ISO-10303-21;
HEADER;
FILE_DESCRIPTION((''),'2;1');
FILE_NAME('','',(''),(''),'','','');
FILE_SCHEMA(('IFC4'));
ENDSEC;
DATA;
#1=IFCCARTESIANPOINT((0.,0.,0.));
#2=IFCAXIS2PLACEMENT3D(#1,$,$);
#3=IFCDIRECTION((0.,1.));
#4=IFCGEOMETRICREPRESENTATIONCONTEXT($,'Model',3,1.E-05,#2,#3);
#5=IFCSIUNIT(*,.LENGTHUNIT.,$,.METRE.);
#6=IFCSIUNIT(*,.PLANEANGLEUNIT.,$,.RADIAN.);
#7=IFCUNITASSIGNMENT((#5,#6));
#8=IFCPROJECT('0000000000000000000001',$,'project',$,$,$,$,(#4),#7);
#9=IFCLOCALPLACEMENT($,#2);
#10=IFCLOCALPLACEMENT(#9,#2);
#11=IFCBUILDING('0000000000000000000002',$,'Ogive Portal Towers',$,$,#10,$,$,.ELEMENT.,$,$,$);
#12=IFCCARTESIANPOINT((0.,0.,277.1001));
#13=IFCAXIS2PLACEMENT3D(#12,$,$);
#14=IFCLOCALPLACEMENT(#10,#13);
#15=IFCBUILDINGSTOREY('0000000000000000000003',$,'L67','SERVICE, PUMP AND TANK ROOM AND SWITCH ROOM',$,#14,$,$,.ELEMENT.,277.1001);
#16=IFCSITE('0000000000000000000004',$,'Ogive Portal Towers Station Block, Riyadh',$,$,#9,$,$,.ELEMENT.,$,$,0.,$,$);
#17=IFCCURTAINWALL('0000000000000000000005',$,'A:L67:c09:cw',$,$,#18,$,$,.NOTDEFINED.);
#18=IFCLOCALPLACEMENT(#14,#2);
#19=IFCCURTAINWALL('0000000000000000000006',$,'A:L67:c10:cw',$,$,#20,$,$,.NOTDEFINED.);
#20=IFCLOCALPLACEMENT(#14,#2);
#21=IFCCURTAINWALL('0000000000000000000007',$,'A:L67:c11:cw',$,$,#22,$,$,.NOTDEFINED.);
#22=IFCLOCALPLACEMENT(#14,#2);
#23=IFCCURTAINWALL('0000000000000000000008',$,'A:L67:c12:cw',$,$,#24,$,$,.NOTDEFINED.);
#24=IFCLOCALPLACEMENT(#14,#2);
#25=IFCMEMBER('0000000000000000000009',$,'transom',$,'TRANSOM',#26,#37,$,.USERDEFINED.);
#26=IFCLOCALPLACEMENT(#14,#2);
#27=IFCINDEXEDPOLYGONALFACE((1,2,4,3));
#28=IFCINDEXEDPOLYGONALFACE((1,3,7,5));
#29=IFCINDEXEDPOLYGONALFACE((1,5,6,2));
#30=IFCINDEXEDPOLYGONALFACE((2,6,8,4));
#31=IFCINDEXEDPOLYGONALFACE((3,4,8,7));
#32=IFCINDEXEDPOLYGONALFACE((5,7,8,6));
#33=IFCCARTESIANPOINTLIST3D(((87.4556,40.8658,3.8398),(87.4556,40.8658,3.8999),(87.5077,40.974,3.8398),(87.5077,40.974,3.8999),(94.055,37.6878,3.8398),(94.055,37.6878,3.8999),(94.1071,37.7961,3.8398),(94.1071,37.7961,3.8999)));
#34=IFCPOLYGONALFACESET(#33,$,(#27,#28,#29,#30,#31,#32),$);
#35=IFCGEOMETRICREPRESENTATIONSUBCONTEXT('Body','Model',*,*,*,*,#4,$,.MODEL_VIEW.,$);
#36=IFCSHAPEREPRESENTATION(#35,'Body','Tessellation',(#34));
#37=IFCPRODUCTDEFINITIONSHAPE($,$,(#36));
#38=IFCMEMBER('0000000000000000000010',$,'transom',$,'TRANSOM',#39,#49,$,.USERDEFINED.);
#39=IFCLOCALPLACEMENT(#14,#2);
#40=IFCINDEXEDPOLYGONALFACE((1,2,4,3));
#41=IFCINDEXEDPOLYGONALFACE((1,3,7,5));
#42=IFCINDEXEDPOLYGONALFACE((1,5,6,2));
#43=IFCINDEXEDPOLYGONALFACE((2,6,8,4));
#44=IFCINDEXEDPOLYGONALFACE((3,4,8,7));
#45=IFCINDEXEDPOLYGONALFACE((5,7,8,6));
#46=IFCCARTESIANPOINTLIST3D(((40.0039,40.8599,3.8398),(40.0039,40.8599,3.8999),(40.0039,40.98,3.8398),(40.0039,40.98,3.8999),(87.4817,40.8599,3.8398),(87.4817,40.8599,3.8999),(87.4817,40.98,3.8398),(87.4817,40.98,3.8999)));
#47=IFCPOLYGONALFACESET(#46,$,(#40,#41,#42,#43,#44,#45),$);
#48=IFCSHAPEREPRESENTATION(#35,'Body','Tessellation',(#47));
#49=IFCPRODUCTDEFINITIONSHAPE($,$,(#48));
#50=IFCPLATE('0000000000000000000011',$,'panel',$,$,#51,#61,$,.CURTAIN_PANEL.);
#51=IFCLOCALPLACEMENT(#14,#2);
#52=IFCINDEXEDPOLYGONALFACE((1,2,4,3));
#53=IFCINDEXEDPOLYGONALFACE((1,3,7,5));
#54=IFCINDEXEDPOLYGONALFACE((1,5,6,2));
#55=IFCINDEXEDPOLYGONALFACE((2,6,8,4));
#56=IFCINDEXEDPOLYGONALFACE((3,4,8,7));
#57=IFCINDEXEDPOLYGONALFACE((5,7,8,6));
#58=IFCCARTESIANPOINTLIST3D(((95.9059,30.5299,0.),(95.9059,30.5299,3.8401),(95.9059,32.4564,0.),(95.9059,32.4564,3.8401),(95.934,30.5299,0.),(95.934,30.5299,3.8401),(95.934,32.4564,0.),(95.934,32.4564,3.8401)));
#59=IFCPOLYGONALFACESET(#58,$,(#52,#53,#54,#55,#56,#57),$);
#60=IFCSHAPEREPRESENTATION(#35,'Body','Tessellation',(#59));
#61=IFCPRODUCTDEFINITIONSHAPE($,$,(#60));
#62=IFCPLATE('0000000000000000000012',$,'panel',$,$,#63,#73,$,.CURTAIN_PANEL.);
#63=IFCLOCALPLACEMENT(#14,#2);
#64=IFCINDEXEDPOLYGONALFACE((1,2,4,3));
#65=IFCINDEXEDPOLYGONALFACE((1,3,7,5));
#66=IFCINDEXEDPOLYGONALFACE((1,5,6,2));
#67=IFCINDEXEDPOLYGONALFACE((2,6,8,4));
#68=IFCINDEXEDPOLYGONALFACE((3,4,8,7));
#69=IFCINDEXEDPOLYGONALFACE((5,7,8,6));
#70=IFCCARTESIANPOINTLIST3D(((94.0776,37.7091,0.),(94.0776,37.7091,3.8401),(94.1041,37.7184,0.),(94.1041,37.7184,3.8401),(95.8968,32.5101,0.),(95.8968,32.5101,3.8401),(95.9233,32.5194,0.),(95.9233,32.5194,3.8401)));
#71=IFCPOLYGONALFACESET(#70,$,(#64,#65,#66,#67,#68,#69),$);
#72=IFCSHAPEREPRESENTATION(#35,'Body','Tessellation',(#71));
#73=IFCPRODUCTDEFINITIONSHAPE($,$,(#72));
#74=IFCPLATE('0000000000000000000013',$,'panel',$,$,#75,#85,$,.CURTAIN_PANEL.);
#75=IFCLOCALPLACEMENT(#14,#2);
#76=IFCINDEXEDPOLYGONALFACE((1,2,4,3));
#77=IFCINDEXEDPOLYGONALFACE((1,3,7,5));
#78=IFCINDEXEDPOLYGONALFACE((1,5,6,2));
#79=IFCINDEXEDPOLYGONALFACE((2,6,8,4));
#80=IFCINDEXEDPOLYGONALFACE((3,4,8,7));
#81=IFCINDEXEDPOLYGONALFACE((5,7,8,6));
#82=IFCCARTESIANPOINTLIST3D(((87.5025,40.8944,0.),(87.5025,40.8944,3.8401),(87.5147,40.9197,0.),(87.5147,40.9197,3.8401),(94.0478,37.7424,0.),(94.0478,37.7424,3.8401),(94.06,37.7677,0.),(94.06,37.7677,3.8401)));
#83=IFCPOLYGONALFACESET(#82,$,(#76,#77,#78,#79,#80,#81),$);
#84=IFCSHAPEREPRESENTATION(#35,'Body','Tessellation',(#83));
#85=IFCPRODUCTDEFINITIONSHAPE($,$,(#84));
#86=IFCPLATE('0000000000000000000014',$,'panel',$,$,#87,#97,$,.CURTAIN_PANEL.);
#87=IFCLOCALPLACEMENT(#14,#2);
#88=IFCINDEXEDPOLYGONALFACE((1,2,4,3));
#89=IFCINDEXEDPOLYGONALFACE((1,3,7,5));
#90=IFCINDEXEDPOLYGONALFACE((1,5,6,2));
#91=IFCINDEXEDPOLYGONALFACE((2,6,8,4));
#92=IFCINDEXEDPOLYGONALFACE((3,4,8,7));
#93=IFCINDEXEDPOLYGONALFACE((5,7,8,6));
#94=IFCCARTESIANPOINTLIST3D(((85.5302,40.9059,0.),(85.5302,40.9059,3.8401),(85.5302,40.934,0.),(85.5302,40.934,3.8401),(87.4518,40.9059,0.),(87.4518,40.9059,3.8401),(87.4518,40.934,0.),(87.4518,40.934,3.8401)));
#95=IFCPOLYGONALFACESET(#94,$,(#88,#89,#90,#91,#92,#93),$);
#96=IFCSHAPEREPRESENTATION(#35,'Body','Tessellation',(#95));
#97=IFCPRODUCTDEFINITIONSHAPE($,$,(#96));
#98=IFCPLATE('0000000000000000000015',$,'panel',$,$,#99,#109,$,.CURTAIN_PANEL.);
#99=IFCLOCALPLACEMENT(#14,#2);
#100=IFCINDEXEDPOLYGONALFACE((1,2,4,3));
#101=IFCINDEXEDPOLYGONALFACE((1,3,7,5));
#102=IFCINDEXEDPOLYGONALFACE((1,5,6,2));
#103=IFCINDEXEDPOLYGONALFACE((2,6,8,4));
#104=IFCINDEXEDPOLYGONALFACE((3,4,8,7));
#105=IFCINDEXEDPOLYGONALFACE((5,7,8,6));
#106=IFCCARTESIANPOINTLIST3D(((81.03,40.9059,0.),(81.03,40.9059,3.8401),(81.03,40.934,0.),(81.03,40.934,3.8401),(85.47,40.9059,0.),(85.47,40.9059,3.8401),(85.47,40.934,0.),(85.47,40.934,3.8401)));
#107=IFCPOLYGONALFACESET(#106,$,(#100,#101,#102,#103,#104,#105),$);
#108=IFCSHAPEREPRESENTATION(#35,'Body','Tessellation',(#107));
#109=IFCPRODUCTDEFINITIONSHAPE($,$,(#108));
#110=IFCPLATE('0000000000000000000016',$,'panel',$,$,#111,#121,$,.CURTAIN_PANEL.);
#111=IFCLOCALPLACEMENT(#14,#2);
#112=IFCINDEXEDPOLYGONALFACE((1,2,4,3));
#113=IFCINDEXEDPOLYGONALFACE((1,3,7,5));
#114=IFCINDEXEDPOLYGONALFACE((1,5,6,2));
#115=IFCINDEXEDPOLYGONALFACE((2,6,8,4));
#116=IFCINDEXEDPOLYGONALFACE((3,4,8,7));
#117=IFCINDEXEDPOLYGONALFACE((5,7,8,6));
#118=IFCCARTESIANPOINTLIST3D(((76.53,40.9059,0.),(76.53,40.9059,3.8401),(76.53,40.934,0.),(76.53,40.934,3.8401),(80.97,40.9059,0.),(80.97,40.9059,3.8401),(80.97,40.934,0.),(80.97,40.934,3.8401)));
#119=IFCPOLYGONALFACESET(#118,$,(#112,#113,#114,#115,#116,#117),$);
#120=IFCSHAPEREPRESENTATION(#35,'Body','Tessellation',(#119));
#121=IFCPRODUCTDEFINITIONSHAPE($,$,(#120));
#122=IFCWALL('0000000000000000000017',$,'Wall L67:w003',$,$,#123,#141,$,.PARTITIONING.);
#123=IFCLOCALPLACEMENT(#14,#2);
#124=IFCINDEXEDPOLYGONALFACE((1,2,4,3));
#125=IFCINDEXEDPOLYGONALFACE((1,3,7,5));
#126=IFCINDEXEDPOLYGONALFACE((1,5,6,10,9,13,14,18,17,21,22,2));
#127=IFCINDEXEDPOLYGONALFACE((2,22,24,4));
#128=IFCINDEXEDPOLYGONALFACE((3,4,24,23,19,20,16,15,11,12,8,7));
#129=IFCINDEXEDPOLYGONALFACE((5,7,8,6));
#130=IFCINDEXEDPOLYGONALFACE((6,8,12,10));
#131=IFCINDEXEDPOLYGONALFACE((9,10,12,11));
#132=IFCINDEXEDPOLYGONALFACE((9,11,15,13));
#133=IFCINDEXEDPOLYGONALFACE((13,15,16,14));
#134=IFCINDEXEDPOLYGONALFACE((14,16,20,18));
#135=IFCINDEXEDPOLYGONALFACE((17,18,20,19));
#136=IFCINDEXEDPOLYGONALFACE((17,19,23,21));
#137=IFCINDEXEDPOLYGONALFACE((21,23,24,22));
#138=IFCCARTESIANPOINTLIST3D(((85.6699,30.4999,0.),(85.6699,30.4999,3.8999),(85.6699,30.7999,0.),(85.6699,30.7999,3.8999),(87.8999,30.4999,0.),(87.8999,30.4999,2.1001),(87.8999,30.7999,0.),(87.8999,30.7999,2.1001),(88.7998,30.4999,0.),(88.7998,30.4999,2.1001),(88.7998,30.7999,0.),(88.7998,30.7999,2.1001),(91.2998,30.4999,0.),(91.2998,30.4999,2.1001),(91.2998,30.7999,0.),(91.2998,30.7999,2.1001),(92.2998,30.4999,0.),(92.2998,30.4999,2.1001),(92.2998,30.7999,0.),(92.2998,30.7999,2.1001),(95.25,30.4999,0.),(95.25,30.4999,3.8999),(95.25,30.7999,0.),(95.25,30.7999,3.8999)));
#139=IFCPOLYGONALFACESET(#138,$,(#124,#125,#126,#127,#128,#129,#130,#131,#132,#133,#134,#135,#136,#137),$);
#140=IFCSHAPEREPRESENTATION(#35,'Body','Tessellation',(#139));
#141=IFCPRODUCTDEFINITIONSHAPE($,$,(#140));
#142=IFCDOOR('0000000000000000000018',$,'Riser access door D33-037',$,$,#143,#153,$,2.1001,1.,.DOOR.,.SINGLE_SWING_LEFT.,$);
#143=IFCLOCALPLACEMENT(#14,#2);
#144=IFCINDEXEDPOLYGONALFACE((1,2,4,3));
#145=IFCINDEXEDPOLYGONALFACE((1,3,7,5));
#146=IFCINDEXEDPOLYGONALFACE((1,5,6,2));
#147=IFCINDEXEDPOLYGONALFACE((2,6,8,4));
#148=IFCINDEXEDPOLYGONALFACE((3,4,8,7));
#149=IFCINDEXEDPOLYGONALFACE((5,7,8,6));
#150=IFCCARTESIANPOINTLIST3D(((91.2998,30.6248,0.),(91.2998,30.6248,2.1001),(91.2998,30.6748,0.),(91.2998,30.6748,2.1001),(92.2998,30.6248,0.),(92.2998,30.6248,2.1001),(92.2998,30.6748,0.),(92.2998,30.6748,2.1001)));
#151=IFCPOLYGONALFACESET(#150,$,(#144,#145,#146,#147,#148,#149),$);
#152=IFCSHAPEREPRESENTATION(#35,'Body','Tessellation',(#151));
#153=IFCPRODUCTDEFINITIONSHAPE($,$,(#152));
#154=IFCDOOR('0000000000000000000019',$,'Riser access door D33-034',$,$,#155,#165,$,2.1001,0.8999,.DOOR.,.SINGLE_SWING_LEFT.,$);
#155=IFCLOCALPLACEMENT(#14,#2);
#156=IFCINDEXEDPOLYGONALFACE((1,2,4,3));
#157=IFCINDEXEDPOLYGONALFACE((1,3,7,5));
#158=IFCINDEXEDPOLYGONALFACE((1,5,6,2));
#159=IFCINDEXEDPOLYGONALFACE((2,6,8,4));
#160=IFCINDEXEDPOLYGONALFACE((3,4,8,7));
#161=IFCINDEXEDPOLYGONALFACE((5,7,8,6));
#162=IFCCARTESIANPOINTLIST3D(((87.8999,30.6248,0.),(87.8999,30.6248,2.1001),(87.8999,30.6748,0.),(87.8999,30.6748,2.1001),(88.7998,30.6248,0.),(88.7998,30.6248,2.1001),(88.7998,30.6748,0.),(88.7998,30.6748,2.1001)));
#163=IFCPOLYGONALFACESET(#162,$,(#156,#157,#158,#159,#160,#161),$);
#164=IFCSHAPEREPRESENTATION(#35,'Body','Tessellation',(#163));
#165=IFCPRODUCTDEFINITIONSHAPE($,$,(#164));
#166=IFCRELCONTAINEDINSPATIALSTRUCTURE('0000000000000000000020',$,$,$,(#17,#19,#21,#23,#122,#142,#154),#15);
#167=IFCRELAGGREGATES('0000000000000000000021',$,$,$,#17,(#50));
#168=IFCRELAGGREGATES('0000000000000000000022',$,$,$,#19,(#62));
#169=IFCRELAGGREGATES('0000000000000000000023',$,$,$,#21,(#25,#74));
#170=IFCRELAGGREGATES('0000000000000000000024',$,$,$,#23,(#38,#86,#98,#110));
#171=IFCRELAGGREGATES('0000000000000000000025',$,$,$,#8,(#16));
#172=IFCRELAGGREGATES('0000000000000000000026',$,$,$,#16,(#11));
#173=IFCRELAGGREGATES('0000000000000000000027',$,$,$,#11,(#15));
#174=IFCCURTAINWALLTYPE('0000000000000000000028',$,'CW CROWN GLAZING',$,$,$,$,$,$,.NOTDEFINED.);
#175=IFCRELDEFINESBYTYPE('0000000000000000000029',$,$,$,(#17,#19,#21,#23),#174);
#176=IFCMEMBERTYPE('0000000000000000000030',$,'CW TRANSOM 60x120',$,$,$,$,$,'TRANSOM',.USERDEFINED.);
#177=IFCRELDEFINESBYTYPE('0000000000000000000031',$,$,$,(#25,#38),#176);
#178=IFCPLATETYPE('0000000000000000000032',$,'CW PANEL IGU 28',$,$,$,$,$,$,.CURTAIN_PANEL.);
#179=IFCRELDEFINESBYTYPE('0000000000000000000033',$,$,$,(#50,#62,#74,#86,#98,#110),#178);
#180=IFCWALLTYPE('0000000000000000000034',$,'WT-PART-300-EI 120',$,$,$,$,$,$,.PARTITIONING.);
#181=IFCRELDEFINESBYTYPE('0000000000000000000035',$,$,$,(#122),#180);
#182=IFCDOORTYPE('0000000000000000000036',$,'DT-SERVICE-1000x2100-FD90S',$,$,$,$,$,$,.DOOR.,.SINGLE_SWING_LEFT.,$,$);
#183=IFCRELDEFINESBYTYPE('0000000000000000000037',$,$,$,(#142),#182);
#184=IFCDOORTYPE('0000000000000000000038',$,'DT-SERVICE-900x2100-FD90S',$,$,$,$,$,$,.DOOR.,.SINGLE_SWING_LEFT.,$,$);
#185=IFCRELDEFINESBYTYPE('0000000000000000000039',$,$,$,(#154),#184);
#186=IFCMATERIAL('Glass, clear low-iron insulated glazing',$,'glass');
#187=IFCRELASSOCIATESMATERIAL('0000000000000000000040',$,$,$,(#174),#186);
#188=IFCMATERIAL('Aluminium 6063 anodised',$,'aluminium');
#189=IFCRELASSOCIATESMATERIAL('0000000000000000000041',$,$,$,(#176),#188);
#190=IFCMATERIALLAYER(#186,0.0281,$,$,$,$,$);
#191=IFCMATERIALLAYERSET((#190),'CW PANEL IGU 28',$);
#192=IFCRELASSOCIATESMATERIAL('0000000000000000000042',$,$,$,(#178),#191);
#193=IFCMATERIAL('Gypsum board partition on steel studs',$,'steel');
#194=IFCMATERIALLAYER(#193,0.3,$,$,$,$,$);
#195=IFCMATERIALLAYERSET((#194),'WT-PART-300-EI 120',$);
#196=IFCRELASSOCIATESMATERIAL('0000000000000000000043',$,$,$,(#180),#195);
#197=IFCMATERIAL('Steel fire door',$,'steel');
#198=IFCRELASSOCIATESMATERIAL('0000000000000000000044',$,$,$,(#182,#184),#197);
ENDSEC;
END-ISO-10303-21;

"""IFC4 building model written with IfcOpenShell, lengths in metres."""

from ifc_helpers import new_model, si_unit, direction, frame, frame_2d, origin, origin_2d, place, context, subcontext, project, spatial, rectangle, extrude, material, layer, layer_set, material_profile, profile_set, type_object, element, fill, aggregate, save


model = new_model("IFC4")

# Units and contexts
model_context = context("Model", 3, precision=1e-05, world=origin(), true_north=direction((0.0, 1.0)))
body_context = subcontext(model_context, "Body", "Model", "MODEL_VIEW")
ifc_project = project(units=[si_unit("LENGTHUNIT", "METRE"), si_unit("PLANEANGLEUNIT", "RADIAN")], contexts=[model_context])

# Site, building, storey
site_placement = place(None, origin())
site = spatial("IfcSite", under=ifc_project, at=site_placement, Name="Ogive Portal Towers Station Block, Riyadh", CompositionType="ELEMENT", RefElevation=0.0)
building_placement = place(site_placement, origin())
building = spatial("IfcBuilding", under=site, at=building_placement, Name="Ogive Portal Towers", CompositionType="ELEMENT")
storey_placement = place(building_placement, frame((0.0, 0.0, 277.1001)))
storey = spatial("IfcBuildingStorey", under=building, at=storey_placement, Name="L67", Description="SERVICE, PUMP AND TANK ROOM AND SWITCH ROOM", CompositionType="ELEMENT", Elevation=277.1001)

# Curtain wall
ifc_material_1 = material(Name="Glass, clear low-iron insulated glazing", Category="glass")
curtain_wall_type = type_object("IfcCurtainWallType", Name="CW CROWN GLAZING", PredefinedType="NOTDEFINED", material=ifc_material_1)
curtain_wall_1_placement = place(storey_placement, origin())
curtain_wall_1 = element("IfcCurtainWall", 1, at=curtain_wall_1_placement, inside=storey, type_object=curtain_wall_type, Name="A:L67:c09:cw", PredefinedType="NOTDEFINED")
ifc_material_2 = material(Name="Aluminium 6063 anodised", Category="aluminium")

# Curtain walls
curtain_wall_2_placement = place(storey_placement, origin())
curtain_wall_2 = element("IfcCurtainWall", 2, at=curtain_wall_2_placement, inside=storey, type_object=curtain_wall_type, Name="A:L67:c10:cw", PredefinedType="NOTDEFINED")
curtain_wall_3_placement = place(storey_placement, origin())
curtain_wall_3 = element("IfcCurtainWall", 3, at=curtain_wall_3_placement, inside=storey, type_object=curtain_wall_type, Name="A:L67:c11:cw", PredefinedType="NOTDEFINED")

# Curtain wall
curtain_wall_4_placement = place(storey_placement, origin())
curtain_wall_4 = element("IfcCurtainWall", 4, at=curtain_wall_4_placement, inside=storey, type_object=curtain_wall_type, Name="A:L67:c12:cw", PredefinedType="NOTDEFINED")

# Members
ifc_material_profile_1 = material_profile(ifc_material_2, rectangle(XDim=0.1201, YDim=0.0601, at=origin_2d()), Name="AL 120x60")
ifc_profile_set_1 = profile_set([ifc_material_profile_1], Name="Aluminium 6063 anodised")
member_type_1 = type_object("IfcMemberType", Name="CW TRANSOM 60x120", ElementType="TRANSOM", PredefinedType="USERDEFINED", material=ifc_profile_set_1)
member_1_placement = place(storey_placement, frame((94.0811, 37.7419, 3.8699), z_axis=(-0.900975, 0.433872, 0.0), x_axis=(-0.433872, -0.900975, 0.0)))
member_1 = element("IfcMember", 5, at=member_1_placement, type_object=member_type_1, Name="transom", ObjectType="TRANSOM", PredefinedType="USERDEFINED", context=body_context, shape_type="SweptSolid", body=[
    extrude(rectangle(XDim=0.1201, YDim=0.0601, at=origin_2d()), origin(), (0.0, 0.0, 1.0), 7.3247),
])
member_2_placement = place(storey_placement, frame((87.4817, 40.9199, 3.8699), z_axis=(-1.0, 0.0, 0.0), x_axis=(0.0, -1.0, 0.0)))
member_2 = element("IfcMember", 6, at=member_2_placement, type_object=member_type_1, Name="transom", ObjectType="TRANSOM", PredefinedType="USERDEFINED", context=body_context, shape_type="SweptSolid", body=[
    extrude(rectangle(XDim=0.1201, YDim=0.0601, at=origin_2d()), origin(), (0.0, 0.0, 1.0), 47.4778),
])

# Plates
ifc_layer_1 = layer(ifc_material_1, 0.0281)
ifc_layer_set_1 = layer_set([ifc_layer_1], Name="CW PANEL IGU 28")
plate_type = type_object("IfcPlateType", Name="CW PANEL IGU 28", PredefinedType="CURTAIN_PANEL", material=ifc_layer_set_1)
plate_1_placement = place(storey_placement, frame((95.9199, 31.4932, 0.0), z_axis=(0.0, 0.0, 1.0), x_axis=(0.0, 1.0, 0.0)))
plate_1 = element("IfcPlate", 7, at=plate_1_placement, type_object=plate_type, Name="panel", PredefinedType="CURTAIN_PANEL", context=body_context, shape_type="SweptSolid", body=[
    extrude(rectangle(XDim=1.9265, YDim=0.0281, at=origin_2d()), origin(), (0.0, 0.0, 1.0), 3.8401),
])
aggregate(curtain_wall_1, [plate_1])
plate_2_placement = place(storey_placement, frame((95.0005, 35.1143, 0.0), z_axis=(0.0, 0.0, 1.0), x_axis=(-0.330279, 0.943883, 0.0)))
plate_2 = element("IfcPlate", 8, at=plate_2_placement, type_object=plate_type, Name="panel", PredefinedType="CURTAIN_PANEL", context=body_context, shape_type="SweptSolid", body=[
    extrude(rectangle(XDim=5.5081, YDim=0.0281, at=origin_2d()), origin(), (0.0, 0.0, 1.0), 3.8401),
])
aggregate(curtain_wall_2, [plate_2])
plate_3_placement = place(storey_placement, frame((90.7812, 39.3311, 0.0), z_axis=(0.0, 0.0, 1.0), x_axis=(-0.900969, 0.433884, 0.0)))
plate_3 = element("IfcPlate", 9, at=plate_3_placement, type_object=plate_type, Name="panel", PredefinedType="CURTAIN_PANEL", context=body_context, shape_type="SweptSolid", body=[
    extrude(rectangle(XDim=7.2646, YDim=0.0281, at=origin_2d()), origin(), (0.0, 0.0, 1.0), 3.8401),
])
aggregate(curtain_wall_3, [member_1, plate_3])
plate_4_placement = place(storey_placement, frame((86.491, 40.9199, 0.0), z_axis=(0.0, 0.0, 1.0), x_axis=(-1.0, 0.0, 0.0)))
plate_4 = element("IfcPlate", 10, at=plate_4_placement, type_object=plate_type, Name="panel", PredefinedType="CURTAIN_PANEL", context=body_context, shape_type="SweptSolid", body=[
    extrude(rectangle(XDim=1.9216, YDim=0.0281, at=origin_2d()), origin(), (0.0, 0.0, 1.0), 3.8401),
])
plate_5_placement = place(storey_placement, frame((83.25, 40.9199, 0.0), z_axis=(0.0, 0.0, 1.0), x_axis=(-1.0, 0.0, 0.0)))
plate_5 = element("IfcPlate", 11, at=plate_5_placement, type_object=plate_type, Name="panel", PredefinedType="CURTAIN_PANEL", context=body_context, shape_type="SweptSolid", body=[
    extrude(rectangle(XDim=4.4399, YDim=0.0281, at=origin_2d()), origin(), (0.0, 0.0, 1.0), 3.8401),
])
plate_6_placement = place(storey_placement, frame((78.75, 40.9199, 0.0), z_axis=(0.0, 0.0, 1.0), x_axis=(-1.0, 0.0, 0.0)))
plate_6 = element("IfcPlate", 12, at=plate_6_placement, type_object=plate_type, Name="panel", PredefinedType="CURTAIN_PANEL", context=body_context, shape_type="SweptSolid", body=[
    extrude(rectangle(XDim=4.4399, YDim=0.0281, at=origin_2d()), origin(), (0.0, 0.0, 1.0), 3.8401),
])
aggregate(curtain_wall_4, [member_2, plate_4, plate_5, plate_6])

# Wall, openings, doors
ifc_material_3 = material(Name="Gypsum board partition on steel studs", Category="steel")
ifc_layer_2 = layer(ifc_material_3, 0.3)
ifc_layer_set_2 = layer_set([ifc_layer_2], Name="WT-PART-300-EI 120")
wall_type_1 = type_object("IfcWallType", Name="WT-PART-300-EI 120", PredefinedType="PARTITIONING", material=ifc_layer_set_2)
wall_1_placement = place(storey_placement, frame((85.6699, 30.6499, 0.0), z_axis=(0.0, 0.0, 1.0), x_axis=(1.0, 0.0, 0.0)))
wall_1 = element("IfcWall", 13, at=wall_1_placement, inside=storey, type_object=wall_type_1, Name="Wall L67:w003", PredefinedType="PARTITIONING", context=body_context, shape_type="SweptSolid", body=[
    extrude(rectangle(XDim=9.5801, YDim=0.3, at=frame_2d((4.79, 0.0))), origin(), (0.0, 0.0, 1.0), 3.8999),
])
opening_1_placement = place(wall_1_placement, frame((2.23, 0.0, 0.0)))
opening_1 = element("IfcOpeningElement", 14, at=opening_1_placement, cuts=wall_1, PredefinedType="OPENING", context=body_context, shape_type="SweptSolid", body=[
    extrude(rectangle(XDim=0.8999, YDim=2.1001, at=frame_2d((0.45, 1.05))), frame((0.0, 0.1602, 0.0), z_axis=(0.0, -1.0, 0.0), x_axis=(1.0, 0.0, 0.0)), (0.0, 0.0, 1.0), 0.3201),
])
opening_2_placement = place(wall_1_placement, frame((5.6299, 0.0, 0.0)))
opening_2 = element("IfcOpeningElement", 15, at=opening_2_placement, cuts=wall_1, PredefinedType="OPENING", context=body_context, shape_type="SweptSolid", body=[
    extrude(rectangle(XDim=1.0, YDim=2.1001, at=frame_2d((0.5, 1.05))), frame((0.0, 0.1602, 0.0), z_axis=(0.0, -1.0, 0.0), x_axis=(1.0, 0.0, 0.0)), (0.0, 0.0, 1.0), 0.3201),
])
ifc_material_4 = material(Name="Steel fire door", Category="steel")
door_type_1 = type_object("IfcDoorType", Name="DT-SERVICE-1000x2100-FD90S", OperationType="SINGLE_SWING_LEFT", PredefinedType="DOOR", material=ifc_material_4)
door_1_placement = place(opening_2_placement, origin())
door_1 = element("IfcDoor", 16, at=door_1_placement, inside=storey, type_object=door_type_1, Name="Riser access door D33-037", OperationType="SINGLE_SWING_LEFT", OverallHeight=2.1001, OverallWidth=1.0, PredefinedType="DOOR", context=body_context, shape_type="SweptSolid", body=[
    extrude(rectangle(XDim=1.0, YDim=2.1001, at=frame_2d((0.5, 1.05))), frame((0.0, 0.0249, 0.0), z_axis=(0.0, -1.0, 0.0), x_axis=(1.0, 0.0, 0.0)), (0.0, 0.0, 1.0), 0.05),
])
fill(opening_2, door_1)
door_type_2 = type_object("IfcDoorType", Name="DT-SERVICE-900x2100-FD90S", OperationType="SINGLE_SWING_LEFT", PredefinedType="DOOR", material=ifc_material_4)
door_2_placement = place(opening_1_placement, origin())
door_2 = element("IfcDoor", 17, at=door_2_placement, inside=storey, type_object=door_type_2, Name="Riser access door D33-034", OperationType="SINGLE_SWING_LEFT", OverallHeight=2.1001, OverallWidth=0.8999, PredefinedType="DOOR", context=body_context, shape_type="SweptSolid", body=[
    extrude(rectangle(XDim=0.8999, YDim=2.1001, at=frame_2d((0.45, 1.05))), frame((0.0, 0.0249, 0.0), z_axis=(0.0, -1.0, 0.0), x_axis=(1.0, 0.0, 0.0)), (0.0, 0.0, 1.0), 0.05),
])
fill(opening_1, door_2)

save(model, "model.ifc")
